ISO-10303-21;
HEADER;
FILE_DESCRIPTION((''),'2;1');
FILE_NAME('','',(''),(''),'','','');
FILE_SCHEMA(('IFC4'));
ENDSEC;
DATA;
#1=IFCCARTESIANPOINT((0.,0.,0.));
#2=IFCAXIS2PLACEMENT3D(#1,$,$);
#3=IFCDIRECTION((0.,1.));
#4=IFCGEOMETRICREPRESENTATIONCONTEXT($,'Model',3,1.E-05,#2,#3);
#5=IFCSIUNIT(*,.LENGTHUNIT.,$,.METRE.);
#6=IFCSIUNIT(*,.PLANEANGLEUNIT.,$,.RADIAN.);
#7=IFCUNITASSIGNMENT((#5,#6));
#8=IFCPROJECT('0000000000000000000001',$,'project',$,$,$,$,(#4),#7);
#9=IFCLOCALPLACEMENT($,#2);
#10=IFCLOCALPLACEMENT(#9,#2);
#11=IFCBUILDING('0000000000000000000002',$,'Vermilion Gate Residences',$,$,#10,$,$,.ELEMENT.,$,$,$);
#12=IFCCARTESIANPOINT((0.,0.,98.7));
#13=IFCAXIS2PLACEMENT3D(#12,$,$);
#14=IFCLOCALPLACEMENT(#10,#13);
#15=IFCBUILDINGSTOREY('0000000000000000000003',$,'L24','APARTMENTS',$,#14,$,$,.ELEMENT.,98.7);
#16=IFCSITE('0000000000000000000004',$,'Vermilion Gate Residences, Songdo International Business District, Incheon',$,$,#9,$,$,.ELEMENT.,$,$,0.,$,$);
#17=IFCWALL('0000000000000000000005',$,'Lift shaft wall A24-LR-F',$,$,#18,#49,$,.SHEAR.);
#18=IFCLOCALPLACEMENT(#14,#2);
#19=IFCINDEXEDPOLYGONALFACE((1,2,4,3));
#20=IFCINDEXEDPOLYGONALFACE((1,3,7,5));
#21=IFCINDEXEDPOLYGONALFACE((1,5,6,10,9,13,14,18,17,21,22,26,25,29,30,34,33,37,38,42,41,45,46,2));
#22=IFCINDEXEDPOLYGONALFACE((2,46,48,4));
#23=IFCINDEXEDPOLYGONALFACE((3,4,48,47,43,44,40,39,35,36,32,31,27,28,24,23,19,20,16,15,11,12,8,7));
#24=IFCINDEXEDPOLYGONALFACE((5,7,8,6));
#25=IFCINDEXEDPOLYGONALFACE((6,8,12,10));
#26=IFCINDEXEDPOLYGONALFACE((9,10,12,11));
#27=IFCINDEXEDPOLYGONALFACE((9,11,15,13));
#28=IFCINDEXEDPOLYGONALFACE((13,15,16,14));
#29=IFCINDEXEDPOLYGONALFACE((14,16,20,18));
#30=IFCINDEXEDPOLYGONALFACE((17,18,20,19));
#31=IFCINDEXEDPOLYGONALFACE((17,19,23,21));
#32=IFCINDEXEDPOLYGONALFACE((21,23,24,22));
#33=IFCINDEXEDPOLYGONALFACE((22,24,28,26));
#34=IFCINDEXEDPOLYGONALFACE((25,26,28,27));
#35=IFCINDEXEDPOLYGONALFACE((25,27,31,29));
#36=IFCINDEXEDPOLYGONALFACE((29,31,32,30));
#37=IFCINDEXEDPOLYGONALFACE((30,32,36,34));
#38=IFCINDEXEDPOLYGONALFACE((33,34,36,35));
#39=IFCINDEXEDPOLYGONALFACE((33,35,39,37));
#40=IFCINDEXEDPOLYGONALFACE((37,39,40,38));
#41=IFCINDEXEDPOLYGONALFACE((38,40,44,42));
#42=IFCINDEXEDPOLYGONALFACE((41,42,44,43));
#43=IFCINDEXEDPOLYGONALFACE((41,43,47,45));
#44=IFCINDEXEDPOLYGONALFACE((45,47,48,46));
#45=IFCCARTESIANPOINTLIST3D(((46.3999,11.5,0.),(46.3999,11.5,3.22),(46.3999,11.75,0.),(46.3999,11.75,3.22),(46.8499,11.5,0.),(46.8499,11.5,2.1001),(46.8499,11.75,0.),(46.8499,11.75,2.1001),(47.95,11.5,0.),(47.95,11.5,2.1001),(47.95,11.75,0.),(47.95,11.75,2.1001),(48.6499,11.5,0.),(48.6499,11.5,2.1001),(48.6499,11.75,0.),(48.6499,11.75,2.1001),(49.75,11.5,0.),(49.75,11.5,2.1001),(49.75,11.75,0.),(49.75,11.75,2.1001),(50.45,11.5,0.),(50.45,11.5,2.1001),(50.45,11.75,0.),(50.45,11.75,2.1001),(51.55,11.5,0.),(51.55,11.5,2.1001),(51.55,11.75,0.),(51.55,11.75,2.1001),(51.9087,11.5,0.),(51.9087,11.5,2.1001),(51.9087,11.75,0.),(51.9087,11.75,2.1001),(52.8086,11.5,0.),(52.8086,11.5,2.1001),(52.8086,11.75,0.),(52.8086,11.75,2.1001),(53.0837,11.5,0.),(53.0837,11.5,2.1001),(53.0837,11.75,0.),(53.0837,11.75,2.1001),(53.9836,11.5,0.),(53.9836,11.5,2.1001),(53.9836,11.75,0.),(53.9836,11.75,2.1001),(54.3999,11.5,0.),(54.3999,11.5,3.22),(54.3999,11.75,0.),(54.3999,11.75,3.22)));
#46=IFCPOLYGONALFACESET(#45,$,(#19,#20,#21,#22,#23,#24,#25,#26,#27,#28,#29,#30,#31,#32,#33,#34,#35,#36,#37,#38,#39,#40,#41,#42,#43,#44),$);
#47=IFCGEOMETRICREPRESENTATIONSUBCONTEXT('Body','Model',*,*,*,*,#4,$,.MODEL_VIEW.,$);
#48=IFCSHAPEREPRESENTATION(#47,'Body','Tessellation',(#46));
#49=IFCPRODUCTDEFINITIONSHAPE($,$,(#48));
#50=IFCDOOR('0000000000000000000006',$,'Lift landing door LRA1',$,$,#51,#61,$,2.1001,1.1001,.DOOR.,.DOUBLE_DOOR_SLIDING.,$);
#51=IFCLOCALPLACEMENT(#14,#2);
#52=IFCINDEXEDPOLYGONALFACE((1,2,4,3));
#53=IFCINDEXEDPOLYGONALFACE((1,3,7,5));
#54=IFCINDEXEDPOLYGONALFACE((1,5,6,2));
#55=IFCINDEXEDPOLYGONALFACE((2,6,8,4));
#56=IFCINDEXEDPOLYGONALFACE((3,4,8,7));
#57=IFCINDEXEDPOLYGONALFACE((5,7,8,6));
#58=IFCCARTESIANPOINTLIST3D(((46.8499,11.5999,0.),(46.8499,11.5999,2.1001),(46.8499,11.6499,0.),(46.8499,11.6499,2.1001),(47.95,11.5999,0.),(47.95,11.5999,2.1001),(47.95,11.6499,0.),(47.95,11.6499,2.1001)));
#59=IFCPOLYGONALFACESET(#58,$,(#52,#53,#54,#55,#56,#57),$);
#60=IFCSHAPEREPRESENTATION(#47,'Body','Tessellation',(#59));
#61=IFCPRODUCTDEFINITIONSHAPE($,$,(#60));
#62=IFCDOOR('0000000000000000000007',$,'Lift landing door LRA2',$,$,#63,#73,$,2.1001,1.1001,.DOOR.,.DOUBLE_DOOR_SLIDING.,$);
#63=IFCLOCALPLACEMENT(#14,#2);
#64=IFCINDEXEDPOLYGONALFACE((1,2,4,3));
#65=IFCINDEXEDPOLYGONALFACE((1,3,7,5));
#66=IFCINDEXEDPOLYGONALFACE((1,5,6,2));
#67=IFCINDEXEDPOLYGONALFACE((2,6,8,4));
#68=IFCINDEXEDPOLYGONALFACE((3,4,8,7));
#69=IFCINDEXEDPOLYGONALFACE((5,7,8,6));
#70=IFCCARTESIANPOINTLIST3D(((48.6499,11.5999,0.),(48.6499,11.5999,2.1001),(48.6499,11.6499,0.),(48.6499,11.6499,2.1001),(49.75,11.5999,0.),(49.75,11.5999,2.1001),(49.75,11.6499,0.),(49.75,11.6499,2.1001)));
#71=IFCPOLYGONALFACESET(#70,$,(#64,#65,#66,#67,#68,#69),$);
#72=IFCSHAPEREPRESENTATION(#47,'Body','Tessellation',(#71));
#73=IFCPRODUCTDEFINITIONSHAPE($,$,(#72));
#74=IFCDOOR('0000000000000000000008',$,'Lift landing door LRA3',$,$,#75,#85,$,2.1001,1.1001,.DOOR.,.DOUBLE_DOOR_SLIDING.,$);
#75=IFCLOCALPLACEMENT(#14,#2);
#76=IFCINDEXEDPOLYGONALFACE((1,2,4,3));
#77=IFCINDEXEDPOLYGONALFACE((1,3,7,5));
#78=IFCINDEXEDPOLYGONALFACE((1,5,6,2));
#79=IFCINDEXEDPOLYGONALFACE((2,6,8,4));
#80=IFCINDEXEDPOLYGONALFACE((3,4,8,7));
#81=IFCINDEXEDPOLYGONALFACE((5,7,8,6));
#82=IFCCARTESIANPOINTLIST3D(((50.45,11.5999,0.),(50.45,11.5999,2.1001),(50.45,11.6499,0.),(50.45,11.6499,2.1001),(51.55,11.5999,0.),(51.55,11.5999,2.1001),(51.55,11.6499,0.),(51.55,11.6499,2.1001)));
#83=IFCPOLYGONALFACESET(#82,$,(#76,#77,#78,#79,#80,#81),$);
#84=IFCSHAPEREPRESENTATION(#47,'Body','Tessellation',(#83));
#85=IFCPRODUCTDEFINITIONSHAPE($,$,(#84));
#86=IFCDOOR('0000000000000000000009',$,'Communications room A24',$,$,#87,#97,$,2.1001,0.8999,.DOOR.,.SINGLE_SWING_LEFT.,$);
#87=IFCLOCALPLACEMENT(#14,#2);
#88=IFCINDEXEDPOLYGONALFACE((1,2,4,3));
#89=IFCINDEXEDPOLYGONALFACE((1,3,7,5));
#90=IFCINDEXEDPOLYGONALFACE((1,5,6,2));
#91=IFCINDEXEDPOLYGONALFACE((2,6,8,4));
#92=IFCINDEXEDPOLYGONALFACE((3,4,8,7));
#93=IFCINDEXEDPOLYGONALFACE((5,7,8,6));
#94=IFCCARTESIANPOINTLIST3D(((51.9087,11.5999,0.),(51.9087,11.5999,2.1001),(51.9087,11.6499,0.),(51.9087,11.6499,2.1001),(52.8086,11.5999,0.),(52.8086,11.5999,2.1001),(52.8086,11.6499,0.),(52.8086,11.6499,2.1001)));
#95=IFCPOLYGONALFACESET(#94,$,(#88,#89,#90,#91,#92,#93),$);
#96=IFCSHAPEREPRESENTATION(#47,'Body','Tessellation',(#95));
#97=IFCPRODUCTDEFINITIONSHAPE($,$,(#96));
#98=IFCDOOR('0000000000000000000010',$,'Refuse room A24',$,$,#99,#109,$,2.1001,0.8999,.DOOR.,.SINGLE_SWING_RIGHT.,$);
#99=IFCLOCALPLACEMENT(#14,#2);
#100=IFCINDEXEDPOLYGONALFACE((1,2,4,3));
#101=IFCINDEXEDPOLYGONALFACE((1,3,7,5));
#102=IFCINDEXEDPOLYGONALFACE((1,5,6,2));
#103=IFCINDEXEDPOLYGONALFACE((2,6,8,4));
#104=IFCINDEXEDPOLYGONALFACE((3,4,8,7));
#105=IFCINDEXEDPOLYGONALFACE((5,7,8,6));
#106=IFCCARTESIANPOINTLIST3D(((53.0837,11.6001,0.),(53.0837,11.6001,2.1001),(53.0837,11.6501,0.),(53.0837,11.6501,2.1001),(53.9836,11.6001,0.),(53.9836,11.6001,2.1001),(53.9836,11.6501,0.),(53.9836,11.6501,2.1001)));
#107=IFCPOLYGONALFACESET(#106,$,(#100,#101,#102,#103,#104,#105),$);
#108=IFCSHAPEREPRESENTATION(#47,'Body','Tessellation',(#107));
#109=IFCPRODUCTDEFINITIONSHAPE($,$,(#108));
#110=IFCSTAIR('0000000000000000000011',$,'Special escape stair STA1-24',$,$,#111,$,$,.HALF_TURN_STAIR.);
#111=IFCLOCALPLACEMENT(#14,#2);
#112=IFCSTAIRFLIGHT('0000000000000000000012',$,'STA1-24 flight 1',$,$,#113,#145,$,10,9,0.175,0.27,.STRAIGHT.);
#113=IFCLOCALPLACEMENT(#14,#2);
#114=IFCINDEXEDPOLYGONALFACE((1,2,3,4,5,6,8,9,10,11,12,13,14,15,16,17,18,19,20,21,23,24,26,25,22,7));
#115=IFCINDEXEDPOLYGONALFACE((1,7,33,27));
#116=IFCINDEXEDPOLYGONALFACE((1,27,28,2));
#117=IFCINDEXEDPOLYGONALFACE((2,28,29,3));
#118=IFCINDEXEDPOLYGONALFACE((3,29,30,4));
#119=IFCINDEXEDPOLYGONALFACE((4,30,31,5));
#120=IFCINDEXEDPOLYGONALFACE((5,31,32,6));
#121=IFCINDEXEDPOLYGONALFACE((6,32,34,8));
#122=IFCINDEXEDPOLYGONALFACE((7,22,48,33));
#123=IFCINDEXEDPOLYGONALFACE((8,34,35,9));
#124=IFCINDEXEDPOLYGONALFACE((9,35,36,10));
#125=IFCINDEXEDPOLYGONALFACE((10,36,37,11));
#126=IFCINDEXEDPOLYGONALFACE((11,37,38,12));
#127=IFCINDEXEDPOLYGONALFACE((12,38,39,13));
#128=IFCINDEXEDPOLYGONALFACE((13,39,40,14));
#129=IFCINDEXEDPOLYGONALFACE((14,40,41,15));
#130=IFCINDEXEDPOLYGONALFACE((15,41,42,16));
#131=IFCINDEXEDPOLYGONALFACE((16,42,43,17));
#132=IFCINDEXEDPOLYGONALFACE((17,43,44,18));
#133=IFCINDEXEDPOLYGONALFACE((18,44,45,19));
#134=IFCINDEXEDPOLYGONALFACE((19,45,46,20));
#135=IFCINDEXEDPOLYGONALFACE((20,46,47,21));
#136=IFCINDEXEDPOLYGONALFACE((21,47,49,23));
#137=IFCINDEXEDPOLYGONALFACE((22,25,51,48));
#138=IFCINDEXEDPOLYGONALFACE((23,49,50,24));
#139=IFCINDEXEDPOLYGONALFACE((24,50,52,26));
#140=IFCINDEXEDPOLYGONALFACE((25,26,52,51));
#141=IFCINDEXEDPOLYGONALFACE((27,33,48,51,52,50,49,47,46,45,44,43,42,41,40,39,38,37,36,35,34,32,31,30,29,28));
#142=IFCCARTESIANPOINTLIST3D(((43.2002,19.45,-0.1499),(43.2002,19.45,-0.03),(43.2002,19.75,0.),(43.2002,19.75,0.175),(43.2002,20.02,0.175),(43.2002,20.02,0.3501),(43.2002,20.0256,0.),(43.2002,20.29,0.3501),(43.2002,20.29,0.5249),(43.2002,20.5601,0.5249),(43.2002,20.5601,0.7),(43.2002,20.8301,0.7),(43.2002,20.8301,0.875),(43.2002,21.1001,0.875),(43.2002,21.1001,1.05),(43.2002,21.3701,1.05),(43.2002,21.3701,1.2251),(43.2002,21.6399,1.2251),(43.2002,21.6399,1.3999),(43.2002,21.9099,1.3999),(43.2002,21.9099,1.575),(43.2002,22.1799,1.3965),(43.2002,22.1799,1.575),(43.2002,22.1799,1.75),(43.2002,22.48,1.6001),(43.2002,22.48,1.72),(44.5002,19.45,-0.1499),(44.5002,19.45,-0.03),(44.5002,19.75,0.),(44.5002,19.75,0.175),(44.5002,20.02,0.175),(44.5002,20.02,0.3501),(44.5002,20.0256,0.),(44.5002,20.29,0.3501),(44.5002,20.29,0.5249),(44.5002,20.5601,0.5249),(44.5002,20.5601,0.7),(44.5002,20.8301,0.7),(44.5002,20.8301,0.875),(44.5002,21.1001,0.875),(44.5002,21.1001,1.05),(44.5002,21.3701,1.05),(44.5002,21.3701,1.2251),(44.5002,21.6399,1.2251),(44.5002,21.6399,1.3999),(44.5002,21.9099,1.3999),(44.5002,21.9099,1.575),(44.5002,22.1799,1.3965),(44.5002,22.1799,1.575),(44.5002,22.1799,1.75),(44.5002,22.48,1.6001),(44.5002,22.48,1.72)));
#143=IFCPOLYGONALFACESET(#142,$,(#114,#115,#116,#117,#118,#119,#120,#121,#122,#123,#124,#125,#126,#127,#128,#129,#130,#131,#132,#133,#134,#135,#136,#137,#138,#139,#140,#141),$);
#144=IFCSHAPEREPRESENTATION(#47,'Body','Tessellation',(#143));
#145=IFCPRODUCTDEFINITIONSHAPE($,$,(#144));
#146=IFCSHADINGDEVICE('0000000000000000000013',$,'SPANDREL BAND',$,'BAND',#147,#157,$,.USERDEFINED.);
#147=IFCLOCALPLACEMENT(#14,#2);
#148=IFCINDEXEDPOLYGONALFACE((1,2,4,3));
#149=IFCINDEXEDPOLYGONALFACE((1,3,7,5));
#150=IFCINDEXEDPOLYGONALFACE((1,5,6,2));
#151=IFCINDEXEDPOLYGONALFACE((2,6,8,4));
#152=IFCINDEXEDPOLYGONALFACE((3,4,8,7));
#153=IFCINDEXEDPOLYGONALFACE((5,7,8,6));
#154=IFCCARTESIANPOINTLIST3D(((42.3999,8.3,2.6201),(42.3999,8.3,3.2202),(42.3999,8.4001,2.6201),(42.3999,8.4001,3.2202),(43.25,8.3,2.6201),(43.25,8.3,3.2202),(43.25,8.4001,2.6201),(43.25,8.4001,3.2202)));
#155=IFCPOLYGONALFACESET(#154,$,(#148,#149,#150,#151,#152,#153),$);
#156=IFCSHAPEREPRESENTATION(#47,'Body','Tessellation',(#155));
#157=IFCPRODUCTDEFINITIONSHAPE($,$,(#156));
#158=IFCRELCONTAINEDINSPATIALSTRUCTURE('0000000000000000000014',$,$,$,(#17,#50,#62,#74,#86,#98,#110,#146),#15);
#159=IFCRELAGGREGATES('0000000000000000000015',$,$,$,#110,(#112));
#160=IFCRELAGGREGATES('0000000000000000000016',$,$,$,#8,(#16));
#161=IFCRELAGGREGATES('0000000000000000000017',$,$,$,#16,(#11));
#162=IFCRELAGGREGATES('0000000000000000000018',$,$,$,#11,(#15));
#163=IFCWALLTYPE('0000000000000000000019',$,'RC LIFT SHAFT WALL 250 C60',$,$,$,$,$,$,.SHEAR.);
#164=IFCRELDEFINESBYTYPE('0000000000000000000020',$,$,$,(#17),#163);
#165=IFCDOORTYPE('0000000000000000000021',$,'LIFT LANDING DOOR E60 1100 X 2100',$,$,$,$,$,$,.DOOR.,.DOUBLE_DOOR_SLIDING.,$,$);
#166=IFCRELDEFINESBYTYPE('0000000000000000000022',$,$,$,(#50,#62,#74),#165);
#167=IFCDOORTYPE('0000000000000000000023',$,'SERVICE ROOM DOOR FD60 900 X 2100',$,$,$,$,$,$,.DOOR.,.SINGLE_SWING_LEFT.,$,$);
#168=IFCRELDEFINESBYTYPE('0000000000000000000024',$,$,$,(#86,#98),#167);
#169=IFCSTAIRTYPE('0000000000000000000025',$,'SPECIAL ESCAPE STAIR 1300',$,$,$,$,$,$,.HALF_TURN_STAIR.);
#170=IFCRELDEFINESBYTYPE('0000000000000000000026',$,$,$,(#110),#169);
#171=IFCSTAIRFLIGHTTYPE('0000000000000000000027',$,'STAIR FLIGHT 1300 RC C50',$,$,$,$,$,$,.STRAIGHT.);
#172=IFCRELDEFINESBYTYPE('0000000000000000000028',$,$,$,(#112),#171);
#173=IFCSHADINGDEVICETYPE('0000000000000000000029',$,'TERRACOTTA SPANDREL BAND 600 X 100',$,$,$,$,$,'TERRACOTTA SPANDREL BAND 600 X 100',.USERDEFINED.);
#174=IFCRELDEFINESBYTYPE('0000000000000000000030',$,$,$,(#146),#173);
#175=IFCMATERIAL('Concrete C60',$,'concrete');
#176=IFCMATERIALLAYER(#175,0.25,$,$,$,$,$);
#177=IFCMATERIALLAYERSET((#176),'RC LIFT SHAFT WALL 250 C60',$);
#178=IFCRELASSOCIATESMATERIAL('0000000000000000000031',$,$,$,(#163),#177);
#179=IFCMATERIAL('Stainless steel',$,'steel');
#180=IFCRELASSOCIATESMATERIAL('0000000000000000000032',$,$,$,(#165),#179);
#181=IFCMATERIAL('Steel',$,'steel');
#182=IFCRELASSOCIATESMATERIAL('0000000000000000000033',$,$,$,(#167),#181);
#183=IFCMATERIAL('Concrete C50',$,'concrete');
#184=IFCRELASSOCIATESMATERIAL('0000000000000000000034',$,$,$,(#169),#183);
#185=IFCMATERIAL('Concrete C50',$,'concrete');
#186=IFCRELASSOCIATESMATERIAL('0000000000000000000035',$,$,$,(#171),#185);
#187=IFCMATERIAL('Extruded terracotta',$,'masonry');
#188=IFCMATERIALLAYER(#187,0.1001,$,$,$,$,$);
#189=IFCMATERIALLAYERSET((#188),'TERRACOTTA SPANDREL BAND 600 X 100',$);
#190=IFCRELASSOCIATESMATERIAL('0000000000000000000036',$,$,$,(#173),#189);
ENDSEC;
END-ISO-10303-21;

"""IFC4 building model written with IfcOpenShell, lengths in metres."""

from ifc_helpers import new_model, si_unit, direction, frame, frame_2d, origin, origin_2d, place, context, subcontext, project, spatial, polyline, rectangle, outline, extrude, material, layer, layer_set, type_object, element, fill, aggregate, save


model = new_model("IFC4")

# Units and contexts
model_context = context("Model", 3, precision=1e-05, world=origin(), true_north=direction((0.0, 1.0)))
body_context = subcontext(model_context, "Body", "Model", "MODEL_VIEW")
ifc_project = project(units=[si_unit("LENGTHUNIT", "METRE"), si_unit("PLANEANGLEUNIT", "RADIAN")], contexts=[model_context])

# Site, building, storey
site_placement = place(None, origin())
site = spatial("IfcSite", under=ifc_project, at=site_placement, Name="Vermilion Gate Residences, Songdo International Business District, Incheon", CompositionType="ELEMENT", RefElevation=0.0)
building_placement = place(site_placement, origin())
building = spatial("IfcBuilding", under=site, at=building_placement, Name="Vermilion Gate Residences", CompositionType="ELEMENT")
storey_placement = place(building_placement, frame((0.0, 0.0, 98.7)))
storey = spatial("IfcBuildingStorey", under=building, at=storey_placement, Name="L24", Description="APARTMENTS", CompositionType="ELEMENT", Elevation=98.7)

# Wall, openings, doors
ifc_material_1 = material(Name="Concrete C60", Category="concrete")
ifc_layer_1 = layer(ifc_material_1, 0.25)
ifc_layer_set_1 = layer_set([ifc_layer_1], Name="RC LIFT SHAFT WALL 250 C60")
wall_type_1 = type_object("IfcWallType", Name="RC LIFT SHAFT WALL 250 C60", PredefinedType="SHEAR", material=ifc_layer_set_1)
wall_1_placement = place(storey_placement, frame((46.3999, 11.625, 0.0), z_axis=(0.0, 0.0, 1.0), x_axis=(1.0, 0.0, 0.0)))
wall_1 = element("IfcWall", 1, at=wall_1_placement, inside=storey, type_object=wall_type_1, Name="Lift shaft wall A24-LR-F", PredefinedType="SHEAR", context=body_context, shape_type="SweptSolid", body=[
    extrude(rectangle(XDim=8.0, YDim=0.25, at=frame_2d((4.0, 0.0))), origin(), (0.0, 0.0, 1.0), 3.22),
])
opening_1_placement = place(wall_1_placement, frame((0.45, 0.0, 0.0)))
opening_1 = element("IfcOpeningElement", 2, at=opening_1_placement, cuts=wall_1, PredefinedType="OPENING", context=body_context, shape_type="SweptSolid", body=[
    extrude(rectangle(XDim=1.1001, YDim=2.1001, at=frame_2d((0.55, 1.05))), frame((0.0, 0.135, 0.0), z_axis=(0.0, -1.0, 0.0), x_axis=(1.0, 0.0, 0.0)), (0.0, 0.0, 1.0), 0.27),
])
opening_2_placement = place(wall_1_placement, frame((2.25, 0.0, 0.0)))
opening_2 = element("IfcOpeningElement", 3, at=opening_2_placement, cuts=wall_1, PredefinedType="OPENING", context=body_context, shape_type="SweptSolid", body=[
    extrude(rectangle(XDim=1.1001, YDim=2.1001, at=frame_2d((0.55, 1.05))), frame((0.0, 0.135, 0.0), z_axis=(0.0, -1.0, 0.0), x_axis=(1.0, 0.0, 0.0)), (0.0, 0.0, 1.0), 0.27),
])
opening_3_placement = place(wall_1_placement, frame((4.05, 0.0, 0.0)))
opening_3 = element("IfcOpeningElement", 4, at=opening_3_placement, cuts=wall_1, PredefinedType="OPENING", context=body_context, shape_type="SweptSolid", body=[
    extrude(rectangle(XDim=1.1001, YDim=2.1001, at=frame_2d((0.55, 1.05))), frame((0.0, 0.135, 0.0), z_axis=(0.0, -1.0, 0.0), x_axis=(1.0, 0.0, 0.0)), (0.0, 0.0, 1.0), 0.27),
])
opening_4_placement = place(wall_1_placement, frame((5.5088, 0.0, 0.0)))
opening_4 = element("IfcOpeningElement", 5, at=opening_4_placement, cuts=wall_1, PredefinedType="OPENING", context=body_context, shape_type="SweptSolid", body=[
    extrude(rectangle(XDim=0.8999, YDim=2.1001, at=frame_2d((0.45, 1.05))), frame((0.0, 0.135, 0.0), z_axis=(0.0, -1.0, 0.0), x_axis=(1.0, 0.0, 0.0)), (0.0, 0.0, 1.0), 0.27),
])
opening_5_placement = place(wall_1_placement, frame((6.6838, 0.0, 0.0)))
opening_5 = element("IfcOpeningElement", 6, at=opening_5_placement, cuts=wall_1, PredefinedType="OPENING", context=body_context, shape_type="SweptSolid", body=[
    extrude(rectangle(XDim=0.8999, YDim=2.1001, at=frame_2d((0.45, 1.05))), frame((0.0, 0.135, 0.0), z_axis=(0.0, -1.0, 0.0), x_axis=(1.0, 0.0, 0.0)), (0.0, 0.0, 1.0), 0.27),
])
ifc_material_2 = material(Name="Stainless steel", Category="steel")
door_type_1 = type_object("IfcDoorType", Name="LIFT LANDING DOOR E60 1100 X 2100", OperationType="DOUBLE_DOOR_SLIDING", PredefinedType="DOOR", material=ifc_material_2)
door_1_placement = place(opening_1_placement, origin())
door_1 = element("IfcDoor", 7, at=door_1_placement, inside=storey, type_object=door_type_1, Name="Lift landing door LRA1", OperationType="DOUBLE_DOOR_SLIDING", OverallHeight=2.1001, OverallWidth=1.1001, PredefinedType="DOOR", context=body_context, shape_type="SweptSolid", body=[
    extrude(rectangle(XDim=1.1001, YDim=2.1001, at=frame_2d((0.55, 1.05))), frame((0.0, 0.0249, 0.0), z_axis=(0.0, -1.0, 0.0), x_axis=(1.0, 0.0, 0.0)), (0.0, 0.0, 1.0), 0.05),
])
fill(opening_1, door_1)
door_2_placement = place(opening_2_placement, origin())
door_2 = element("IfcDoor", 8, at=door_2_placement, inside=storey, type_object=door_type_1, Name="Lift landing door LRA2", OperationType="DOUBLE_DOOR_SLIDING", OverallHeight=2.1001, OverallWidth=1.1001, PredefinedType="DOOR", context=body_context, shape_type="SweptSolid", body=[
    extrude(rectangle(XDim=1.1001, YDim=2.1001, at=frame_2d((0.55, 1.05))), frame((0.0, 0.0249, 0.0), z_axis=(0.0, -1.0, 0.0), x_axis=(1.0, 0.0, 0.0)), (0.0, 0.0, 1.0), 0.05),
])
fill(opening_2, door_2)
door_3_placement = place(opening_3_placement, origin())
door_3 = element("IfcDoor", 9, at=door_3_placement, inside=storey, type_object=door_type_1, Name="Lift landing door LRA3", OperationType="DOUBLE_DOOR_SLIDING", OverallHeight=2.1001, OverallWidth=1.1001, PredefinedType="DOOR", context=body_context, shape_type="SweptSolid", body=[
    extrude(rectangle(XDim=1.1001, YDim=2.1001, at=frame_2d((0.55, 1.05))), frame((0.0, 0.0249, 0.0), z_axis=(0.0, -1.0, 0.0), x_axis=(1.0, 0.0, 0.0)), (0.0, 0.0, 1.0), 0.05),
])
fill(opening_3, door_3)
ifc_material_3 = material(Name="Steel", Category="steel")
door_type_2 = type_object("IfcDoorType", Name="SERVICE ROOM DOOR FD60 900 X 2100", OperationType="SINGLE_SWING_LEFT", PredefinedType="DOOR", material=ifc_material_3)
door_4_placement = place(opening_4_placement, origin())
door_4 = element("IfcDoor", 10, at=door_4_placement, inside=storey, type_object=door_type_2, Name="Communications room A24", OperationType="SINGLE_SWING_LEFT", OverallHeight=2.1001, OverallWidth=0.8999, PredefinedType="DOOR", context=body_context, shape_type="SweptSolid", body=[
    extrude(rectangle(XDim=0.8999, YDim=2.1001, at=frame_2d((0.45, 1.05))), frame((0.0, 0.0249, 0.0), z_axis=(0.0, -1.0, 0.0), x_axis=(1.0, 0.0, 0.0)), (0.0, 0.0, 1.0), 0.05),
])
fill(opening_4, door_4)
door_5_placement = place(opening_5_placement, frame((0.8999, 0.0, 0.0), z_axis=(0.0, 0.0, 1.0), x_axis=(-1.0, 0.0, 0.0)))
door_5 = element("IfcDoor", 11, at=door_5_placement, inside=storey, type_object=door_type_2, Name="Refuse room A24", OperationType="SINGLE_SWING_RIGHT", OverallHeight=2.1001, OverallWidth=0.8999, PredefinedType="DOOR", context=body_context, shape_type="SweptSolid", body=[
    extrude(rectangle(XDim=0.8999, YDim=2.1001, at=frame_2d((0.45, 1.05))), frame((0.0, 0.0249, 0.0), z_axis=(0.0, -1.0, 0.0), x_axis=(1.0, 0.0, 0.0)), (0.0, 0.0, 1.0), 0.05),
])
fill(opening_5, door_5)

# Stair, stair flight
ifc_material_4 = material(Name="Concrete C50", Category="concrete")
stair_type = type_object("IfcStairType", Name="SPECIAL ESCAPE STAIR 1300", PredefinedType="HALF_TURN_STAIR", material=ifc_material_4)
stair_placement = place(storey_placement, origin())
stair = element("IfcStair", 12, at=stair_placement, inside=storey, type_object=stair_type, Name="Special escape stair STA1-24", PredefinedType="HALF_TURN_STAIR")
ifc_material_5 = material(Name="Concrete C50", Category="concrete")
stair_flight_type = type_object("IfcStairFlightType", Name="STAIR FLIGHT 1300 RC C50", PredefinedType="STRAIGHT", material=ifc_material_5)
stair_flight_placement = place(storey_placement, frame((43.8501, 19.75, 0.0), z_axis=(0.0, 0.0, 1.0), x_axis=(0.0, 1.0, 0.0)))
stair_flight = element("IfcStairFlight", 13, at=stair_flight_placement, type_object=stair_flight_type, Name="STA1-24 flight 1", NumberOfRisers=10, NumberOfTreads=9, PredefinedType="STRAIGHT", RiserHeight=0.175, TreadLength=0.27, context=body_context, shape_type="SweptSolid", body=[
    extrude(outline(polyline([(-0.3, -0.1499), (-0.3, -0.03), (0.0, 0.0), (0.0, 0.175), (0.27, 0.175), (0.27, 0.3501), (0.54, 0.3501), (0.54, 0.5249), (0.8101, 0.5249), (0.8101, 0.7), (1.0801, 0.7), (1.0801, 0.875), (1.3501, 0.875), (1.3501, 1.05), (1.6201, 1.05), (1.6201, 1.2251), (1.8899, 1.2251), (1.8899, 1.3999), (2.1599, 1.3999), (2.1599, 1.575), (2.4299, 1.575), (2.4299, 1.75), (2.73, 1.72), (2.73, 1.6001), (2.4299, 1.3965), (0.2756, 0.0), (-0.3, -0.1499)])), frame((0.0, 0.6499, 0.0), z_axis=(0.0, -1.0, 0.0), x_axis=(1.0, 0.0, 0.0)), (0.0, 0.0, 1.0), 1.3),
])
aggregate(stair, [stair_flight])

# Shading device
ifc_material_6 = material(Name="Extruded terracotta", Category="masonry")
ifc_layer_2 = layer(ifc_material_6, 0.1001)
ifc_layer_set_2 = layer_set([ifc_layer_2], Name="TERRACOTTA SPANDREL BAND 600 X 100")
shading_device_type = type_object("IfcShadingDeviceType", Name="TERRACOTTA SPANDREL BAND 600 X 100", ElementType="TERRACOTTA SPANDREL BAND 600 X 100", PredefinedType="USERDEFINED", material=ifc_layer_set_2)
shading_device_placement = place(storey_placement, frame((42.825, 8.3501, 2.6201), z_axis=(0.0, 0.0, 1.0), x_axis=(1.0, 0.0, 0.0)))
element("IfcShadingDevice", 14, at=shading_device_placement, inside=storey, type_object=shading_device_type, Name="SPANDREL BAND", ObjectType="BAND", PredefinedType="USERDEFINED", context=body_context, shape_type="SweptSolid", body=[
    extrude(rectangle(XDim=0.8501, YDim=0.1001, at=origin_2d()), origin(), (0.0, 0.0, 1.0), 0.6001),
])

save(model, "model.ifc")
